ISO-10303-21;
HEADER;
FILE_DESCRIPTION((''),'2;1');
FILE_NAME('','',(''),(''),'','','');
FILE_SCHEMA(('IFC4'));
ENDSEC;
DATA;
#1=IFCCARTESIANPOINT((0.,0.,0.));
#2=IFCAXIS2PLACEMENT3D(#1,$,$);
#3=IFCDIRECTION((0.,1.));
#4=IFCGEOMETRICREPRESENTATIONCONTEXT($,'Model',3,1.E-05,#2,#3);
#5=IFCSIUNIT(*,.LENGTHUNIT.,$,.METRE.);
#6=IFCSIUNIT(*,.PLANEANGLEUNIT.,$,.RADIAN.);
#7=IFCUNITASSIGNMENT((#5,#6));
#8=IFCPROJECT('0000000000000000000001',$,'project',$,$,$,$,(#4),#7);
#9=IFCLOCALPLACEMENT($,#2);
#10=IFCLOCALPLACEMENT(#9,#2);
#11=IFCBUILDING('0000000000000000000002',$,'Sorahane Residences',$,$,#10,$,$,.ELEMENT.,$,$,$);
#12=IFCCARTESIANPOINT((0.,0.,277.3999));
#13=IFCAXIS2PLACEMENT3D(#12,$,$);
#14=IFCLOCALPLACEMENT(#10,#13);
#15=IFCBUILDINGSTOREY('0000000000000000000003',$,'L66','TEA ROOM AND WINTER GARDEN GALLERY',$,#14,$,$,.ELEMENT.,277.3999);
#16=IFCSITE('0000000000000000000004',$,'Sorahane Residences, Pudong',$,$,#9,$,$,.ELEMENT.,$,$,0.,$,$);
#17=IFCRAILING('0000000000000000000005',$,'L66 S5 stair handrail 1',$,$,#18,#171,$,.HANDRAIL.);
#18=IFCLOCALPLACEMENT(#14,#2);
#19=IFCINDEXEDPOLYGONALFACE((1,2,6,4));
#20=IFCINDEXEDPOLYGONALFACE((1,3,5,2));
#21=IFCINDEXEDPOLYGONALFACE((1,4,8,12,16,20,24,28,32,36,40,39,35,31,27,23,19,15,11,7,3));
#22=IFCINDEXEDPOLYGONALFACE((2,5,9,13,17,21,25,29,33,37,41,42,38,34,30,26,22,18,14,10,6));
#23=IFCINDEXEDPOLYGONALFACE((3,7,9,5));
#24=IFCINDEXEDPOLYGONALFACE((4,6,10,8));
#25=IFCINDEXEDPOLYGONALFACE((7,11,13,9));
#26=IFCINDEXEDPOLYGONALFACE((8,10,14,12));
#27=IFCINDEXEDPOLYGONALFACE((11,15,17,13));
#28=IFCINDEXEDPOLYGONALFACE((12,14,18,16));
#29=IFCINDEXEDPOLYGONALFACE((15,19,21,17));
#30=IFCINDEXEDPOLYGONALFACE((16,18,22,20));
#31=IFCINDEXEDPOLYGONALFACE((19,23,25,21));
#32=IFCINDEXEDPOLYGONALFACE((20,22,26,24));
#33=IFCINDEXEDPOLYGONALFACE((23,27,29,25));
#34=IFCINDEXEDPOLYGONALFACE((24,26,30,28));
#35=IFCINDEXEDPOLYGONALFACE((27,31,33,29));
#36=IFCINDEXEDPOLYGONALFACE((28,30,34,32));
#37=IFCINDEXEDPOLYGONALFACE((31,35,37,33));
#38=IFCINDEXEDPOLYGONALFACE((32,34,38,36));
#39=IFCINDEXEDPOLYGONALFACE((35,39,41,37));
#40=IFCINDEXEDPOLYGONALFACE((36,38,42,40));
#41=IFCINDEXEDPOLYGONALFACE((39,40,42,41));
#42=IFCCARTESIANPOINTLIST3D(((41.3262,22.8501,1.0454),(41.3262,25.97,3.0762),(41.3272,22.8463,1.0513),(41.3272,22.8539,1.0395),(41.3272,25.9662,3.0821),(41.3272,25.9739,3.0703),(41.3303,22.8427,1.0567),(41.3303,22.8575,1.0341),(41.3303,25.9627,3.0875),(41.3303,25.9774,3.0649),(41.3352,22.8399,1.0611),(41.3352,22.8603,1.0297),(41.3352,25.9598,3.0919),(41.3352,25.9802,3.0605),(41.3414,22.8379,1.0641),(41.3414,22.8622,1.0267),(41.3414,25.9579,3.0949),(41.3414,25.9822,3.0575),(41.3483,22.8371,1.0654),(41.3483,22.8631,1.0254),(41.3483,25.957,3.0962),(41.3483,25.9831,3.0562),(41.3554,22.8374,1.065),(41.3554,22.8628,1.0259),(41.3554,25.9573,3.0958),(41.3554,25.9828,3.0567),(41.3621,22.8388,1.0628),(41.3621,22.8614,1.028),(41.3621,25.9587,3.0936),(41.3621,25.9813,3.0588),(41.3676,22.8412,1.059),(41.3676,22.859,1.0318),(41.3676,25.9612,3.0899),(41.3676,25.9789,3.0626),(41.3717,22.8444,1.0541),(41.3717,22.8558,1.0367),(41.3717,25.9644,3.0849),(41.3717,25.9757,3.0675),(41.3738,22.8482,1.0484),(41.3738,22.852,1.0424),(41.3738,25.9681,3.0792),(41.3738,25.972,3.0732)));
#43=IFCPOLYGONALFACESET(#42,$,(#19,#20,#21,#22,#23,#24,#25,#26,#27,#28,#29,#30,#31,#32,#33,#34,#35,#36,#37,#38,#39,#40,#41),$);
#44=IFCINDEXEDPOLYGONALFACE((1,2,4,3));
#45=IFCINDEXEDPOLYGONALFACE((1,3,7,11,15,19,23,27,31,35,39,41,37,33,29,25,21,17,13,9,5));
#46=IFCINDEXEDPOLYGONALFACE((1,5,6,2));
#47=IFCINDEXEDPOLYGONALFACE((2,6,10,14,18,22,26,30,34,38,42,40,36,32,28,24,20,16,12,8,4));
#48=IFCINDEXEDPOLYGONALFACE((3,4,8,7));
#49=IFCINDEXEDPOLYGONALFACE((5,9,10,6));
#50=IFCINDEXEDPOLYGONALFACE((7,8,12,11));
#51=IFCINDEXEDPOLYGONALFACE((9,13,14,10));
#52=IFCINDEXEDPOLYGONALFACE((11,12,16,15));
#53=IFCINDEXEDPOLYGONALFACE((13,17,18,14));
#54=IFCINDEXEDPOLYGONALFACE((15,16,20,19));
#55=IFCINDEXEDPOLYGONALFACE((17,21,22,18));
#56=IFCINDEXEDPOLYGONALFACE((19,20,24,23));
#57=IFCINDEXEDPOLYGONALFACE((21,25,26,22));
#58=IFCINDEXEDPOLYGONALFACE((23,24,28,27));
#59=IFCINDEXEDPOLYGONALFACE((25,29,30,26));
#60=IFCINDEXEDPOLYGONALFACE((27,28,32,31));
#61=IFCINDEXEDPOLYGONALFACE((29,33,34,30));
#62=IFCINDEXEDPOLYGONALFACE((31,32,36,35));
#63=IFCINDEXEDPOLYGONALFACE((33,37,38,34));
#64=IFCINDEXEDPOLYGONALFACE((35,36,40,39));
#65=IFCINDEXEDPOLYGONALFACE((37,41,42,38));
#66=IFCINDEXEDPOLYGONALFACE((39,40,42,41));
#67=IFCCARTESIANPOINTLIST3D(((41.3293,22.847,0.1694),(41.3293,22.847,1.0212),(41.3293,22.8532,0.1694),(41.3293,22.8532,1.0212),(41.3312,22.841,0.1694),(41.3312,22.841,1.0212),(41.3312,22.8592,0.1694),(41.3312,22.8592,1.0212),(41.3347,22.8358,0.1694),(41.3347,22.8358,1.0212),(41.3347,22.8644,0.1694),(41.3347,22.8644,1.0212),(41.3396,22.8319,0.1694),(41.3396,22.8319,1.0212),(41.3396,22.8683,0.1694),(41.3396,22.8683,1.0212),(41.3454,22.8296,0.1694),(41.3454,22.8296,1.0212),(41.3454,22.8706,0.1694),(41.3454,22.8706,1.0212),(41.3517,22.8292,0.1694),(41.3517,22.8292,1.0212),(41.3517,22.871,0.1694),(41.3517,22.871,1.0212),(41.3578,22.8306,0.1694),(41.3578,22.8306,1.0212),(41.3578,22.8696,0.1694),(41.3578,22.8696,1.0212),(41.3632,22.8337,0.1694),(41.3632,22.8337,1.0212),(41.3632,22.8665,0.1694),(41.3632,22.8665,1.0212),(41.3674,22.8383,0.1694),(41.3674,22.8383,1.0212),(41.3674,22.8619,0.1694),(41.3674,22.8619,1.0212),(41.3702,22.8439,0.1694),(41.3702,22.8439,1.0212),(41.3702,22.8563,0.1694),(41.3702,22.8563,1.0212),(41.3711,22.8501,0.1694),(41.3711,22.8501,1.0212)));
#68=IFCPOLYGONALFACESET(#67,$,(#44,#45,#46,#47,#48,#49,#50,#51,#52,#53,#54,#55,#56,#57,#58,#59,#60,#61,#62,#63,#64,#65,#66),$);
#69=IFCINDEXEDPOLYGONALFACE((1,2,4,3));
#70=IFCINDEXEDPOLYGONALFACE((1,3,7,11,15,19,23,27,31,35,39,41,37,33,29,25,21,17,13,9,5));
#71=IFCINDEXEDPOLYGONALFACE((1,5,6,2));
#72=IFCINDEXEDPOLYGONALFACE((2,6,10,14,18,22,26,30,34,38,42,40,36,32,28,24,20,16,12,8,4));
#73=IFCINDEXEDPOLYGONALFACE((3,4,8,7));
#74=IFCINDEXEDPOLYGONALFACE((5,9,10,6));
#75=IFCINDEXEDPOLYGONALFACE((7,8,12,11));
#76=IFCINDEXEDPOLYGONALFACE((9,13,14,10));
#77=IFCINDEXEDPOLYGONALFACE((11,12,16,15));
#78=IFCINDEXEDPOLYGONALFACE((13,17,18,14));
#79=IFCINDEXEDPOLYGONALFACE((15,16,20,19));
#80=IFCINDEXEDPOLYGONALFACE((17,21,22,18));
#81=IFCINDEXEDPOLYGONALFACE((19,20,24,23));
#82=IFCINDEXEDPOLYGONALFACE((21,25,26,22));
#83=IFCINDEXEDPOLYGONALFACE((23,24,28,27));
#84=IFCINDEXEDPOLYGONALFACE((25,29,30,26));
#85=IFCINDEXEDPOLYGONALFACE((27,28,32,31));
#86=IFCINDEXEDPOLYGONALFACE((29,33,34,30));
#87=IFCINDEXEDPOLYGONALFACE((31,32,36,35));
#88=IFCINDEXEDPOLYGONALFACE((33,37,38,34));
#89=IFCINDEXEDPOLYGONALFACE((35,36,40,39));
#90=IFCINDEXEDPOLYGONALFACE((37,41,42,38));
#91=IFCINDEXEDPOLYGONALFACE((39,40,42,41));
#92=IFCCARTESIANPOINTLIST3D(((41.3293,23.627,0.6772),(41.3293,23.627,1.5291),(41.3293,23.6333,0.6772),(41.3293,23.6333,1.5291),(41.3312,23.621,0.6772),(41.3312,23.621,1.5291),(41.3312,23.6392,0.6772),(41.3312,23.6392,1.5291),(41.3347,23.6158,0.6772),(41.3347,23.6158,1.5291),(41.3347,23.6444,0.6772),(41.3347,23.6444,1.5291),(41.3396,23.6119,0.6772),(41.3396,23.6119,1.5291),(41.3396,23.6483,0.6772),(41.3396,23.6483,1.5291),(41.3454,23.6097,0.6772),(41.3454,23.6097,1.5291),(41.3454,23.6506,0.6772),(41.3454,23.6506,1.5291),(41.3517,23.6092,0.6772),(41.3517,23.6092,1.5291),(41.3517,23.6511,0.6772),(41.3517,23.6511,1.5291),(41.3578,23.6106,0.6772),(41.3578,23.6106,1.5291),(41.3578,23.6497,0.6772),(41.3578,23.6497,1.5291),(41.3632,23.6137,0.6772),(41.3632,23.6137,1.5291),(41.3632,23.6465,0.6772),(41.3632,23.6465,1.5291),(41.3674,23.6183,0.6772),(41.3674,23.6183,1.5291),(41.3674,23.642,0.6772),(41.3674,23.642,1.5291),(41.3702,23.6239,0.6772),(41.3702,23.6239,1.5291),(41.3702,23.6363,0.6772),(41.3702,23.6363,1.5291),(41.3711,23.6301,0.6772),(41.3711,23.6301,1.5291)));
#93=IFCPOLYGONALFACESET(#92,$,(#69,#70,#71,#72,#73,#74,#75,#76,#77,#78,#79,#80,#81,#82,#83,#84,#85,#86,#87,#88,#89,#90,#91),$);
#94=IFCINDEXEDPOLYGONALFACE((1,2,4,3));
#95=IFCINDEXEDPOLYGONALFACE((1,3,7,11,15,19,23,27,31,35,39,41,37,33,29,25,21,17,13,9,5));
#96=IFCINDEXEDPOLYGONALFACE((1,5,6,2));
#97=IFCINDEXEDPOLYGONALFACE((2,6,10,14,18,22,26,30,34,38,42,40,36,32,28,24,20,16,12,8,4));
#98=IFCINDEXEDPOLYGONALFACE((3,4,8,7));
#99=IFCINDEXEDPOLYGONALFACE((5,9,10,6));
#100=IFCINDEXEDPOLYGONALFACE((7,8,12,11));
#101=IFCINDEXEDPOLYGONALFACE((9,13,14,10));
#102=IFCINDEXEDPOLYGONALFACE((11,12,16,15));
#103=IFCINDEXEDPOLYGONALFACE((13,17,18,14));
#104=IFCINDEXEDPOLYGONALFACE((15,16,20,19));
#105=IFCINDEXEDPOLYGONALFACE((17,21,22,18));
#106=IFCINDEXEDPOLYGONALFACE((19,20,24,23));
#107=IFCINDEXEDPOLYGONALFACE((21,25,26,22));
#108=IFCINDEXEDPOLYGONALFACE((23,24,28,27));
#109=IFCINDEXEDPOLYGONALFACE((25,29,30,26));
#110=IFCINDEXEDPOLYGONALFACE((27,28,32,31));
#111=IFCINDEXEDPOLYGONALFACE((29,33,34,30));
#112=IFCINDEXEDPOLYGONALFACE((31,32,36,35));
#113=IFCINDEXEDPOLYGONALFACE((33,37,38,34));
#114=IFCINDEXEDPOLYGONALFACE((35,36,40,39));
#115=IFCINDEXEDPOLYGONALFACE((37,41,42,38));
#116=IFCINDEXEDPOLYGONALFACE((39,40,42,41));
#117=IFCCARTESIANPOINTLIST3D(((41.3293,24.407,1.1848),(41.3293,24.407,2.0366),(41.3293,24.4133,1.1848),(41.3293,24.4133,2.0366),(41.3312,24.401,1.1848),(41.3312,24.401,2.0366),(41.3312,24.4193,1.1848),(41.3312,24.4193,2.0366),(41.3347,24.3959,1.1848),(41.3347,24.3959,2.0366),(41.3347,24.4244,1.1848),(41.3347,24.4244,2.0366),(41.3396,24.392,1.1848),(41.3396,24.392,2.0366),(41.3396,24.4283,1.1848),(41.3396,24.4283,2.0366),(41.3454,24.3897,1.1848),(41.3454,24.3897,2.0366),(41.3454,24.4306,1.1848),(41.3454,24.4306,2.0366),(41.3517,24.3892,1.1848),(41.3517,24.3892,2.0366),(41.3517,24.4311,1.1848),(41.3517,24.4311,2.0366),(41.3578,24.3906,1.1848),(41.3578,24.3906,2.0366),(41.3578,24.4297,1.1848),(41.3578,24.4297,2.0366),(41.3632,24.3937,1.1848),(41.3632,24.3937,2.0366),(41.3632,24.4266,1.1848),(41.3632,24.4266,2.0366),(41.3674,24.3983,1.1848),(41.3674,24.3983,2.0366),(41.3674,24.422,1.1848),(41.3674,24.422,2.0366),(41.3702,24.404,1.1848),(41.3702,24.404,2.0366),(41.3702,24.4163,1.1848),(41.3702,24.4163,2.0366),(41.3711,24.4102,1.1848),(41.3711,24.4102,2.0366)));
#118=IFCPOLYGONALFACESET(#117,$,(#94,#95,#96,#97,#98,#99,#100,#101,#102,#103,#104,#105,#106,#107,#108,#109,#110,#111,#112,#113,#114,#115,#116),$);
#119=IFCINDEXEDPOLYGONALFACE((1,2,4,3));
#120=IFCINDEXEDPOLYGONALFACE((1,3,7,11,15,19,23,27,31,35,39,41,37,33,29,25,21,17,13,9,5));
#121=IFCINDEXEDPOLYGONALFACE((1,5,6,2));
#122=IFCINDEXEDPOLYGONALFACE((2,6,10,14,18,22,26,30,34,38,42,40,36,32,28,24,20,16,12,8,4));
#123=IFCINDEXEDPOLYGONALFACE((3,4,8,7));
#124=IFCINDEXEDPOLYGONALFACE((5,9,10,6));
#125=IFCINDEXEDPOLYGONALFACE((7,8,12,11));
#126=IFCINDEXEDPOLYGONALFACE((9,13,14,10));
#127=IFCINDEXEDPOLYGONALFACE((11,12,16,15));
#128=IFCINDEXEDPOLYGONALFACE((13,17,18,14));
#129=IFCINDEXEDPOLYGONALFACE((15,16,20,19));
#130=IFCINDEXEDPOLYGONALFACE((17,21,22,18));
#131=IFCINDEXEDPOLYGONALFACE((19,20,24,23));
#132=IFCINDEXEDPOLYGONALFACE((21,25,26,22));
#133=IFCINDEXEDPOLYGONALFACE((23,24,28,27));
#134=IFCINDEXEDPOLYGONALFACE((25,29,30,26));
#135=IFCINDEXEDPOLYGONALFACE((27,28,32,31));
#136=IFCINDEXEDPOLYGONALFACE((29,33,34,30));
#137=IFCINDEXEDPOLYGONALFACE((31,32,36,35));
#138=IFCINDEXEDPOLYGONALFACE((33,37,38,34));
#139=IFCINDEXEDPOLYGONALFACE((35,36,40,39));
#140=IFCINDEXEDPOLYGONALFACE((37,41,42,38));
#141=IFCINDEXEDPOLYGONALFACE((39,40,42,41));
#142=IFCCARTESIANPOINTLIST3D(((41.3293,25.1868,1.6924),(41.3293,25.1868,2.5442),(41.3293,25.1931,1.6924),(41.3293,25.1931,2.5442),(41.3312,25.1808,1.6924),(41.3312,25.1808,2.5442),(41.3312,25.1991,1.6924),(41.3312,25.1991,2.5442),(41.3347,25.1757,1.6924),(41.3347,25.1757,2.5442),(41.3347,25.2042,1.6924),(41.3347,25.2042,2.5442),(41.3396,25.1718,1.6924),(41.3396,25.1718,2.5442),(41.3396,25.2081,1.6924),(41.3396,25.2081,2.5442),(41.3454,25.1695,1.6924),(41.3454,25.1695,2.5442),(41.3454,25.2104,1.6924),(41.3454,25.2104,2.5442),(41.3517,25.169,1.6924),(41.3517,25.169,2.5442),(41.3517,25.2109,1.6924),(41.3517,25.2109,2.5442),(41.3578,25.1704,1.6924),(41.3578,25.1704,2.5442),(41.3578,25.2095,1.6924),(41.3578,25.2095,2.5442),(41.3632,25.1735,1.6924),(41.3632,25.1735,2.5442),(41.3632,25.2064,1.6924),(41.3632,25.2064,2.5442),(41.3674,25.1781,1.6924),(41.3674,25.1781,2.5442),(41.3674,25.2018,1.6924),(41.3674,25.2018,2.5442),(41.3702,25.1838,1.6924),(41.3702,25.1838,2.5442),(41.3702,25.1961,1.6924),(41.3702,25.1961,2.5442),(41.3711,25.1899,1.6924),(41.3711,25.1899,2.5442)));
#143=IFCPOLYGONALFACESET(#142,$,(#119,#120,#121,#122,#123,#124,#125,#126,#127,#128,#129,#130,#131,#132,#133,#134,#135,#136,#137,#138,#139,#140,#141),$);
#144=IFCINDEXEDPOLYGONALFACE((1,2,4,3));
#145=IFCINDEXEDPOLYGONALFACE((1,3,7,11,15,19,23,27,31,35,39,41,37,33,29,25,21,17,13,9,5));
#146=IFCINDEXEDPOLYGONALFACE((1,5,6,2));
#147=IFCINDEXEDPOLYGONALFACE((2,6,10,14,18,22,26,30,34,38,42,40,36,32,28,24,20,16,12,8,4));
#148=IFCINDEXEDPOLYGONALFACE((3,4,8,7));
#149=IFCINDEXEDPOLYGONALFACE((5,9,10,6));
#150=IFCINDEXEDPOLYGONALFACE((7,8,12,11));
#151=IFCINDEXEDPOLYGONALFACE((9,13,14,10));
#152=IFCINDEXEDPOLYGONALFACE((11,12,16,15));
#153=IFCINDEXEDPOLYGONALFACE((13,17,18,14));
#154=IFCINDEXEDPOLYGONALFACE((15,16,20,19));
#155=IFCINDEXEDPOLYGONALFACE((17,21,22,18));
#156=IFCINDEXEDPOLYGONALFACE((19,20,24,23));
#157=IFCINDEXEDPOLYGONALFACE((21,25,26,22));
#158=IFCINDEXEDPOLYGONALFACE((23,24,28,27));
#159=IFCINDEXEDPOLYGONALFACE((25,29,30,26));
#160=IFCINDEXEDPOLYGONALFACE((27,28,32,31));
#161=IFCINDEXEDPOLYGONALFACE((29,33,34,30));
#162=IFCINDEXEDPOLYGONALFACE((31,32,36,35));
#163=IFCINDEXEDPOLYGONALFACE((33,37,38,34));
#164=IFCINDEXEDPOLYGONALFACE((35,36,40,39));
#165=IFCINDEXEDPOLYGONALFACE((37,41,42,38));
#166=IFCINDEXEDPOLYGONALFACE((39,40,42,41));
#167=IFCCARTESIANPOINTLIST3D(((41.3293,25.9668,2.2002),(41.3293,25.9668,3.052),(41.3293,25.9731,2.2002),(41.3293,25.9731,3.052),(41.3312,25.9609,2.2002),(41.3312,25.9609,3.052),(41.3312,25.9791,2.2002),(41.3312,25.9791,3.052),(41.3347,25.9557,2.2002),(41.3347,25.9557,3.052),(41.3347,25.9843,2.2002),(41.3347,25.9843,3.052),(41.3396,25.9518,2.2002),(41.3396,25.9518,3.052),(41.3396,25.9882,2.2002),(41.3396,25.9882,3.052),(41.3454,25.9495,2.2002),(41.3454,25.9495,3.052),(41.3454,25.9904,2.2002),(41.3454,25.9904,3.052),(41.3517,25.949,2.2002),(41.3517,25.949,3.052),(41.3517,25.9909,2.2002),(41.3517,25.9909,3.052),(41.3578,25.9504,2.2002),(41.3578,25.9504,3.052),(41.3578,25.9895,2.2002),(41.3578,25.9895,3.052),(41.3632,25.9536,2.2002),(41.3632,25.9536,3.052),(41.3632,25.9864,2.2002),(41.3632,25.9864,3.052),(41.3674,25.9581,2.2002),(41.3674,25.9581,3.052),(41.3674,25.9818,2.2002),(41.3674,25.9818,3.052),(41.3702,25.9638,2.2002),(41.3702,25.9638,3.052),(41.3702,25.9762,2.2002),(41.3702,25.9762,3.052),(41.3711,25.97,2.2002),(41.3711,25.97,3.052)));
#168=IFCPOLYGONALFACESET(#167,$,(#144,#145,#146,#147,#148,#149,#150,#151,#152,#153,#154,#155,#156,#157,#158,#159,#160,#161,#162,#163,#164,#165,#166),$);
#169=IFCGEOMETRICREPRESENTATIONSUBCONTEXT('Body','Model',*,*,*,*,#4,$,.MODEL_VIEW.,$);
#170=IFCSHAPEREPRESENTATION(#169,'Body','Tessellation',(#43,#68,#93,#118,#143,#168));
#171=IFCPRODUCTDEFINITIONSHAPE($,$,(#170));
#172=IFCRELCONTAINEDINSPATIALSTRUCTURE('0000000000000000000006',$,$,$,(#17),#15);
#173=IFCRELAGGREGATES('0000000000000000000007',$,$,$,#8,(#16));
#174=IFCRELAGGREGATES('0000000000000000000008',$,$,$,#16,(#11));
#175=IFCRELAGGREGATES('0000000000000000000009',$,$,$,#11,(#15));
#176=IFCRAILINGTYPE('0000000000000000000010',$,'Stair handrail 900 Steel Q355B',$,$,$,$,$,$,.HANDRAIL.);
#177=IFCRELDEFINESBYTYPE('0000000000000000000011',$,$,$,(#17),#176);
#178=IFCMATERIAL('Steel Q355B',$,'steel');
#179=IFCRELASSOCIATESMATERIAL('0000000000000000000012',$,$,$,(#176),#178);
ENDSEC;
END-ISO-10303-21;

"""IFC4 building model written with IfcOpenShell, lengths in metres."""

from ifc_helpers import new_model, si_unit, direction, frame, origin, origin_2d, place, context, subcontext, project, spatial, circle, extrude, material, type_object, element, save


model = new_model("IFC4")

# Units and contexts
model_context = context("Model", 3, precision=1e-05, world=origin(), true_north=direction((0.0, 1.0)))
body_context = subcontext(model_context, "Body", "Model", "MODEL_VIEW")
ifc_project = project(units=[si_unit("LENGTHUNIT", "METRE"), si_unit("PLANEANGLEUNIT", "RADIAN")], contexts=[model_context])

# Site, building, storey
site_placement = place(None, origin())
site = spatial("IfcSite", under=ifc_project, at=site_placement, Name="Sorahane Residences, Pudong", CompositionType="ELEMENT", RefElevation=0.0)
building_placement = place(site_placement, origin())
building = spatial("IfcBuilding", under=site, at=building_placement, Name="Sorahane Residences", CompositionType="ELEMENT")
storey_placement = place(building_placement, frame((0.0, 0.0, 277.3999)))
storey = spatial("IfcBuildingStorey", under=building, at=storey_placement, Name="L66", Description="TEA ROOM AND WINTER GARDEN GALLERY", CompositionType="ELEMENT", Elevation=277.3999)

# Railing
ifc_material_1 = material(Name="Steel Q355B", Category="steel")
railing_type_1 = type_object("IfcRailingType", Name="Stair handrail 900 Steel Q355B", PredefinedType="HANDRAIL", material=ifc_material_1)
railing_1_placement = place(storey_placement, frame((41.3501, 22.8501, 0.1694)))
element("IfcRailing", 1, at=railing_1_placement, inside=storey, type_object=railing_type_1, Name="L66 S5 stair handrail 1", PredefinedType="HANDRAIL", context=body_context, shape_type="SweptSolid", body=[
    extrude(circle(Radius=0.0239, at=origin_2d()), frame((0.0, 0.0, 0.876), z_axis=(0.0, 0.838094, 0.545525), x_axis=(-1.0, 0.0, 0.0)), (0.0, 0.0, 1.0), 3.7227),
    extrude(circle(Radius=0.021, at=origin_2d()), origin(), (0.0, 0.0, 1.0), 0.8518),
    extrude(circle(Radius=0.021, at=origin_2d()), frame((0.0, 0.78, 0.5078)), (0.0, 0.0, 1.0), 0.8518),
    extrude(circle(Radius=0.021, at=origin_2d()), frame((0.0, 1.5601, 1.0154)), (0.0, 0.0, 1.0), 0.8518),
    extrude(circle(Radius=0.021, at=origin_2d()), frame((0.0, 2.3398, 1.5229)), (0.0, 0.0, 1.0), 0.8518),
    extrude(circle(Radius=0.021, at=origin_2d()), frame((0.0, 3.1199, 2.0308)), (0.0, 0.0, 1.0), 0.8518),
])

save(model, "model.ifc")
